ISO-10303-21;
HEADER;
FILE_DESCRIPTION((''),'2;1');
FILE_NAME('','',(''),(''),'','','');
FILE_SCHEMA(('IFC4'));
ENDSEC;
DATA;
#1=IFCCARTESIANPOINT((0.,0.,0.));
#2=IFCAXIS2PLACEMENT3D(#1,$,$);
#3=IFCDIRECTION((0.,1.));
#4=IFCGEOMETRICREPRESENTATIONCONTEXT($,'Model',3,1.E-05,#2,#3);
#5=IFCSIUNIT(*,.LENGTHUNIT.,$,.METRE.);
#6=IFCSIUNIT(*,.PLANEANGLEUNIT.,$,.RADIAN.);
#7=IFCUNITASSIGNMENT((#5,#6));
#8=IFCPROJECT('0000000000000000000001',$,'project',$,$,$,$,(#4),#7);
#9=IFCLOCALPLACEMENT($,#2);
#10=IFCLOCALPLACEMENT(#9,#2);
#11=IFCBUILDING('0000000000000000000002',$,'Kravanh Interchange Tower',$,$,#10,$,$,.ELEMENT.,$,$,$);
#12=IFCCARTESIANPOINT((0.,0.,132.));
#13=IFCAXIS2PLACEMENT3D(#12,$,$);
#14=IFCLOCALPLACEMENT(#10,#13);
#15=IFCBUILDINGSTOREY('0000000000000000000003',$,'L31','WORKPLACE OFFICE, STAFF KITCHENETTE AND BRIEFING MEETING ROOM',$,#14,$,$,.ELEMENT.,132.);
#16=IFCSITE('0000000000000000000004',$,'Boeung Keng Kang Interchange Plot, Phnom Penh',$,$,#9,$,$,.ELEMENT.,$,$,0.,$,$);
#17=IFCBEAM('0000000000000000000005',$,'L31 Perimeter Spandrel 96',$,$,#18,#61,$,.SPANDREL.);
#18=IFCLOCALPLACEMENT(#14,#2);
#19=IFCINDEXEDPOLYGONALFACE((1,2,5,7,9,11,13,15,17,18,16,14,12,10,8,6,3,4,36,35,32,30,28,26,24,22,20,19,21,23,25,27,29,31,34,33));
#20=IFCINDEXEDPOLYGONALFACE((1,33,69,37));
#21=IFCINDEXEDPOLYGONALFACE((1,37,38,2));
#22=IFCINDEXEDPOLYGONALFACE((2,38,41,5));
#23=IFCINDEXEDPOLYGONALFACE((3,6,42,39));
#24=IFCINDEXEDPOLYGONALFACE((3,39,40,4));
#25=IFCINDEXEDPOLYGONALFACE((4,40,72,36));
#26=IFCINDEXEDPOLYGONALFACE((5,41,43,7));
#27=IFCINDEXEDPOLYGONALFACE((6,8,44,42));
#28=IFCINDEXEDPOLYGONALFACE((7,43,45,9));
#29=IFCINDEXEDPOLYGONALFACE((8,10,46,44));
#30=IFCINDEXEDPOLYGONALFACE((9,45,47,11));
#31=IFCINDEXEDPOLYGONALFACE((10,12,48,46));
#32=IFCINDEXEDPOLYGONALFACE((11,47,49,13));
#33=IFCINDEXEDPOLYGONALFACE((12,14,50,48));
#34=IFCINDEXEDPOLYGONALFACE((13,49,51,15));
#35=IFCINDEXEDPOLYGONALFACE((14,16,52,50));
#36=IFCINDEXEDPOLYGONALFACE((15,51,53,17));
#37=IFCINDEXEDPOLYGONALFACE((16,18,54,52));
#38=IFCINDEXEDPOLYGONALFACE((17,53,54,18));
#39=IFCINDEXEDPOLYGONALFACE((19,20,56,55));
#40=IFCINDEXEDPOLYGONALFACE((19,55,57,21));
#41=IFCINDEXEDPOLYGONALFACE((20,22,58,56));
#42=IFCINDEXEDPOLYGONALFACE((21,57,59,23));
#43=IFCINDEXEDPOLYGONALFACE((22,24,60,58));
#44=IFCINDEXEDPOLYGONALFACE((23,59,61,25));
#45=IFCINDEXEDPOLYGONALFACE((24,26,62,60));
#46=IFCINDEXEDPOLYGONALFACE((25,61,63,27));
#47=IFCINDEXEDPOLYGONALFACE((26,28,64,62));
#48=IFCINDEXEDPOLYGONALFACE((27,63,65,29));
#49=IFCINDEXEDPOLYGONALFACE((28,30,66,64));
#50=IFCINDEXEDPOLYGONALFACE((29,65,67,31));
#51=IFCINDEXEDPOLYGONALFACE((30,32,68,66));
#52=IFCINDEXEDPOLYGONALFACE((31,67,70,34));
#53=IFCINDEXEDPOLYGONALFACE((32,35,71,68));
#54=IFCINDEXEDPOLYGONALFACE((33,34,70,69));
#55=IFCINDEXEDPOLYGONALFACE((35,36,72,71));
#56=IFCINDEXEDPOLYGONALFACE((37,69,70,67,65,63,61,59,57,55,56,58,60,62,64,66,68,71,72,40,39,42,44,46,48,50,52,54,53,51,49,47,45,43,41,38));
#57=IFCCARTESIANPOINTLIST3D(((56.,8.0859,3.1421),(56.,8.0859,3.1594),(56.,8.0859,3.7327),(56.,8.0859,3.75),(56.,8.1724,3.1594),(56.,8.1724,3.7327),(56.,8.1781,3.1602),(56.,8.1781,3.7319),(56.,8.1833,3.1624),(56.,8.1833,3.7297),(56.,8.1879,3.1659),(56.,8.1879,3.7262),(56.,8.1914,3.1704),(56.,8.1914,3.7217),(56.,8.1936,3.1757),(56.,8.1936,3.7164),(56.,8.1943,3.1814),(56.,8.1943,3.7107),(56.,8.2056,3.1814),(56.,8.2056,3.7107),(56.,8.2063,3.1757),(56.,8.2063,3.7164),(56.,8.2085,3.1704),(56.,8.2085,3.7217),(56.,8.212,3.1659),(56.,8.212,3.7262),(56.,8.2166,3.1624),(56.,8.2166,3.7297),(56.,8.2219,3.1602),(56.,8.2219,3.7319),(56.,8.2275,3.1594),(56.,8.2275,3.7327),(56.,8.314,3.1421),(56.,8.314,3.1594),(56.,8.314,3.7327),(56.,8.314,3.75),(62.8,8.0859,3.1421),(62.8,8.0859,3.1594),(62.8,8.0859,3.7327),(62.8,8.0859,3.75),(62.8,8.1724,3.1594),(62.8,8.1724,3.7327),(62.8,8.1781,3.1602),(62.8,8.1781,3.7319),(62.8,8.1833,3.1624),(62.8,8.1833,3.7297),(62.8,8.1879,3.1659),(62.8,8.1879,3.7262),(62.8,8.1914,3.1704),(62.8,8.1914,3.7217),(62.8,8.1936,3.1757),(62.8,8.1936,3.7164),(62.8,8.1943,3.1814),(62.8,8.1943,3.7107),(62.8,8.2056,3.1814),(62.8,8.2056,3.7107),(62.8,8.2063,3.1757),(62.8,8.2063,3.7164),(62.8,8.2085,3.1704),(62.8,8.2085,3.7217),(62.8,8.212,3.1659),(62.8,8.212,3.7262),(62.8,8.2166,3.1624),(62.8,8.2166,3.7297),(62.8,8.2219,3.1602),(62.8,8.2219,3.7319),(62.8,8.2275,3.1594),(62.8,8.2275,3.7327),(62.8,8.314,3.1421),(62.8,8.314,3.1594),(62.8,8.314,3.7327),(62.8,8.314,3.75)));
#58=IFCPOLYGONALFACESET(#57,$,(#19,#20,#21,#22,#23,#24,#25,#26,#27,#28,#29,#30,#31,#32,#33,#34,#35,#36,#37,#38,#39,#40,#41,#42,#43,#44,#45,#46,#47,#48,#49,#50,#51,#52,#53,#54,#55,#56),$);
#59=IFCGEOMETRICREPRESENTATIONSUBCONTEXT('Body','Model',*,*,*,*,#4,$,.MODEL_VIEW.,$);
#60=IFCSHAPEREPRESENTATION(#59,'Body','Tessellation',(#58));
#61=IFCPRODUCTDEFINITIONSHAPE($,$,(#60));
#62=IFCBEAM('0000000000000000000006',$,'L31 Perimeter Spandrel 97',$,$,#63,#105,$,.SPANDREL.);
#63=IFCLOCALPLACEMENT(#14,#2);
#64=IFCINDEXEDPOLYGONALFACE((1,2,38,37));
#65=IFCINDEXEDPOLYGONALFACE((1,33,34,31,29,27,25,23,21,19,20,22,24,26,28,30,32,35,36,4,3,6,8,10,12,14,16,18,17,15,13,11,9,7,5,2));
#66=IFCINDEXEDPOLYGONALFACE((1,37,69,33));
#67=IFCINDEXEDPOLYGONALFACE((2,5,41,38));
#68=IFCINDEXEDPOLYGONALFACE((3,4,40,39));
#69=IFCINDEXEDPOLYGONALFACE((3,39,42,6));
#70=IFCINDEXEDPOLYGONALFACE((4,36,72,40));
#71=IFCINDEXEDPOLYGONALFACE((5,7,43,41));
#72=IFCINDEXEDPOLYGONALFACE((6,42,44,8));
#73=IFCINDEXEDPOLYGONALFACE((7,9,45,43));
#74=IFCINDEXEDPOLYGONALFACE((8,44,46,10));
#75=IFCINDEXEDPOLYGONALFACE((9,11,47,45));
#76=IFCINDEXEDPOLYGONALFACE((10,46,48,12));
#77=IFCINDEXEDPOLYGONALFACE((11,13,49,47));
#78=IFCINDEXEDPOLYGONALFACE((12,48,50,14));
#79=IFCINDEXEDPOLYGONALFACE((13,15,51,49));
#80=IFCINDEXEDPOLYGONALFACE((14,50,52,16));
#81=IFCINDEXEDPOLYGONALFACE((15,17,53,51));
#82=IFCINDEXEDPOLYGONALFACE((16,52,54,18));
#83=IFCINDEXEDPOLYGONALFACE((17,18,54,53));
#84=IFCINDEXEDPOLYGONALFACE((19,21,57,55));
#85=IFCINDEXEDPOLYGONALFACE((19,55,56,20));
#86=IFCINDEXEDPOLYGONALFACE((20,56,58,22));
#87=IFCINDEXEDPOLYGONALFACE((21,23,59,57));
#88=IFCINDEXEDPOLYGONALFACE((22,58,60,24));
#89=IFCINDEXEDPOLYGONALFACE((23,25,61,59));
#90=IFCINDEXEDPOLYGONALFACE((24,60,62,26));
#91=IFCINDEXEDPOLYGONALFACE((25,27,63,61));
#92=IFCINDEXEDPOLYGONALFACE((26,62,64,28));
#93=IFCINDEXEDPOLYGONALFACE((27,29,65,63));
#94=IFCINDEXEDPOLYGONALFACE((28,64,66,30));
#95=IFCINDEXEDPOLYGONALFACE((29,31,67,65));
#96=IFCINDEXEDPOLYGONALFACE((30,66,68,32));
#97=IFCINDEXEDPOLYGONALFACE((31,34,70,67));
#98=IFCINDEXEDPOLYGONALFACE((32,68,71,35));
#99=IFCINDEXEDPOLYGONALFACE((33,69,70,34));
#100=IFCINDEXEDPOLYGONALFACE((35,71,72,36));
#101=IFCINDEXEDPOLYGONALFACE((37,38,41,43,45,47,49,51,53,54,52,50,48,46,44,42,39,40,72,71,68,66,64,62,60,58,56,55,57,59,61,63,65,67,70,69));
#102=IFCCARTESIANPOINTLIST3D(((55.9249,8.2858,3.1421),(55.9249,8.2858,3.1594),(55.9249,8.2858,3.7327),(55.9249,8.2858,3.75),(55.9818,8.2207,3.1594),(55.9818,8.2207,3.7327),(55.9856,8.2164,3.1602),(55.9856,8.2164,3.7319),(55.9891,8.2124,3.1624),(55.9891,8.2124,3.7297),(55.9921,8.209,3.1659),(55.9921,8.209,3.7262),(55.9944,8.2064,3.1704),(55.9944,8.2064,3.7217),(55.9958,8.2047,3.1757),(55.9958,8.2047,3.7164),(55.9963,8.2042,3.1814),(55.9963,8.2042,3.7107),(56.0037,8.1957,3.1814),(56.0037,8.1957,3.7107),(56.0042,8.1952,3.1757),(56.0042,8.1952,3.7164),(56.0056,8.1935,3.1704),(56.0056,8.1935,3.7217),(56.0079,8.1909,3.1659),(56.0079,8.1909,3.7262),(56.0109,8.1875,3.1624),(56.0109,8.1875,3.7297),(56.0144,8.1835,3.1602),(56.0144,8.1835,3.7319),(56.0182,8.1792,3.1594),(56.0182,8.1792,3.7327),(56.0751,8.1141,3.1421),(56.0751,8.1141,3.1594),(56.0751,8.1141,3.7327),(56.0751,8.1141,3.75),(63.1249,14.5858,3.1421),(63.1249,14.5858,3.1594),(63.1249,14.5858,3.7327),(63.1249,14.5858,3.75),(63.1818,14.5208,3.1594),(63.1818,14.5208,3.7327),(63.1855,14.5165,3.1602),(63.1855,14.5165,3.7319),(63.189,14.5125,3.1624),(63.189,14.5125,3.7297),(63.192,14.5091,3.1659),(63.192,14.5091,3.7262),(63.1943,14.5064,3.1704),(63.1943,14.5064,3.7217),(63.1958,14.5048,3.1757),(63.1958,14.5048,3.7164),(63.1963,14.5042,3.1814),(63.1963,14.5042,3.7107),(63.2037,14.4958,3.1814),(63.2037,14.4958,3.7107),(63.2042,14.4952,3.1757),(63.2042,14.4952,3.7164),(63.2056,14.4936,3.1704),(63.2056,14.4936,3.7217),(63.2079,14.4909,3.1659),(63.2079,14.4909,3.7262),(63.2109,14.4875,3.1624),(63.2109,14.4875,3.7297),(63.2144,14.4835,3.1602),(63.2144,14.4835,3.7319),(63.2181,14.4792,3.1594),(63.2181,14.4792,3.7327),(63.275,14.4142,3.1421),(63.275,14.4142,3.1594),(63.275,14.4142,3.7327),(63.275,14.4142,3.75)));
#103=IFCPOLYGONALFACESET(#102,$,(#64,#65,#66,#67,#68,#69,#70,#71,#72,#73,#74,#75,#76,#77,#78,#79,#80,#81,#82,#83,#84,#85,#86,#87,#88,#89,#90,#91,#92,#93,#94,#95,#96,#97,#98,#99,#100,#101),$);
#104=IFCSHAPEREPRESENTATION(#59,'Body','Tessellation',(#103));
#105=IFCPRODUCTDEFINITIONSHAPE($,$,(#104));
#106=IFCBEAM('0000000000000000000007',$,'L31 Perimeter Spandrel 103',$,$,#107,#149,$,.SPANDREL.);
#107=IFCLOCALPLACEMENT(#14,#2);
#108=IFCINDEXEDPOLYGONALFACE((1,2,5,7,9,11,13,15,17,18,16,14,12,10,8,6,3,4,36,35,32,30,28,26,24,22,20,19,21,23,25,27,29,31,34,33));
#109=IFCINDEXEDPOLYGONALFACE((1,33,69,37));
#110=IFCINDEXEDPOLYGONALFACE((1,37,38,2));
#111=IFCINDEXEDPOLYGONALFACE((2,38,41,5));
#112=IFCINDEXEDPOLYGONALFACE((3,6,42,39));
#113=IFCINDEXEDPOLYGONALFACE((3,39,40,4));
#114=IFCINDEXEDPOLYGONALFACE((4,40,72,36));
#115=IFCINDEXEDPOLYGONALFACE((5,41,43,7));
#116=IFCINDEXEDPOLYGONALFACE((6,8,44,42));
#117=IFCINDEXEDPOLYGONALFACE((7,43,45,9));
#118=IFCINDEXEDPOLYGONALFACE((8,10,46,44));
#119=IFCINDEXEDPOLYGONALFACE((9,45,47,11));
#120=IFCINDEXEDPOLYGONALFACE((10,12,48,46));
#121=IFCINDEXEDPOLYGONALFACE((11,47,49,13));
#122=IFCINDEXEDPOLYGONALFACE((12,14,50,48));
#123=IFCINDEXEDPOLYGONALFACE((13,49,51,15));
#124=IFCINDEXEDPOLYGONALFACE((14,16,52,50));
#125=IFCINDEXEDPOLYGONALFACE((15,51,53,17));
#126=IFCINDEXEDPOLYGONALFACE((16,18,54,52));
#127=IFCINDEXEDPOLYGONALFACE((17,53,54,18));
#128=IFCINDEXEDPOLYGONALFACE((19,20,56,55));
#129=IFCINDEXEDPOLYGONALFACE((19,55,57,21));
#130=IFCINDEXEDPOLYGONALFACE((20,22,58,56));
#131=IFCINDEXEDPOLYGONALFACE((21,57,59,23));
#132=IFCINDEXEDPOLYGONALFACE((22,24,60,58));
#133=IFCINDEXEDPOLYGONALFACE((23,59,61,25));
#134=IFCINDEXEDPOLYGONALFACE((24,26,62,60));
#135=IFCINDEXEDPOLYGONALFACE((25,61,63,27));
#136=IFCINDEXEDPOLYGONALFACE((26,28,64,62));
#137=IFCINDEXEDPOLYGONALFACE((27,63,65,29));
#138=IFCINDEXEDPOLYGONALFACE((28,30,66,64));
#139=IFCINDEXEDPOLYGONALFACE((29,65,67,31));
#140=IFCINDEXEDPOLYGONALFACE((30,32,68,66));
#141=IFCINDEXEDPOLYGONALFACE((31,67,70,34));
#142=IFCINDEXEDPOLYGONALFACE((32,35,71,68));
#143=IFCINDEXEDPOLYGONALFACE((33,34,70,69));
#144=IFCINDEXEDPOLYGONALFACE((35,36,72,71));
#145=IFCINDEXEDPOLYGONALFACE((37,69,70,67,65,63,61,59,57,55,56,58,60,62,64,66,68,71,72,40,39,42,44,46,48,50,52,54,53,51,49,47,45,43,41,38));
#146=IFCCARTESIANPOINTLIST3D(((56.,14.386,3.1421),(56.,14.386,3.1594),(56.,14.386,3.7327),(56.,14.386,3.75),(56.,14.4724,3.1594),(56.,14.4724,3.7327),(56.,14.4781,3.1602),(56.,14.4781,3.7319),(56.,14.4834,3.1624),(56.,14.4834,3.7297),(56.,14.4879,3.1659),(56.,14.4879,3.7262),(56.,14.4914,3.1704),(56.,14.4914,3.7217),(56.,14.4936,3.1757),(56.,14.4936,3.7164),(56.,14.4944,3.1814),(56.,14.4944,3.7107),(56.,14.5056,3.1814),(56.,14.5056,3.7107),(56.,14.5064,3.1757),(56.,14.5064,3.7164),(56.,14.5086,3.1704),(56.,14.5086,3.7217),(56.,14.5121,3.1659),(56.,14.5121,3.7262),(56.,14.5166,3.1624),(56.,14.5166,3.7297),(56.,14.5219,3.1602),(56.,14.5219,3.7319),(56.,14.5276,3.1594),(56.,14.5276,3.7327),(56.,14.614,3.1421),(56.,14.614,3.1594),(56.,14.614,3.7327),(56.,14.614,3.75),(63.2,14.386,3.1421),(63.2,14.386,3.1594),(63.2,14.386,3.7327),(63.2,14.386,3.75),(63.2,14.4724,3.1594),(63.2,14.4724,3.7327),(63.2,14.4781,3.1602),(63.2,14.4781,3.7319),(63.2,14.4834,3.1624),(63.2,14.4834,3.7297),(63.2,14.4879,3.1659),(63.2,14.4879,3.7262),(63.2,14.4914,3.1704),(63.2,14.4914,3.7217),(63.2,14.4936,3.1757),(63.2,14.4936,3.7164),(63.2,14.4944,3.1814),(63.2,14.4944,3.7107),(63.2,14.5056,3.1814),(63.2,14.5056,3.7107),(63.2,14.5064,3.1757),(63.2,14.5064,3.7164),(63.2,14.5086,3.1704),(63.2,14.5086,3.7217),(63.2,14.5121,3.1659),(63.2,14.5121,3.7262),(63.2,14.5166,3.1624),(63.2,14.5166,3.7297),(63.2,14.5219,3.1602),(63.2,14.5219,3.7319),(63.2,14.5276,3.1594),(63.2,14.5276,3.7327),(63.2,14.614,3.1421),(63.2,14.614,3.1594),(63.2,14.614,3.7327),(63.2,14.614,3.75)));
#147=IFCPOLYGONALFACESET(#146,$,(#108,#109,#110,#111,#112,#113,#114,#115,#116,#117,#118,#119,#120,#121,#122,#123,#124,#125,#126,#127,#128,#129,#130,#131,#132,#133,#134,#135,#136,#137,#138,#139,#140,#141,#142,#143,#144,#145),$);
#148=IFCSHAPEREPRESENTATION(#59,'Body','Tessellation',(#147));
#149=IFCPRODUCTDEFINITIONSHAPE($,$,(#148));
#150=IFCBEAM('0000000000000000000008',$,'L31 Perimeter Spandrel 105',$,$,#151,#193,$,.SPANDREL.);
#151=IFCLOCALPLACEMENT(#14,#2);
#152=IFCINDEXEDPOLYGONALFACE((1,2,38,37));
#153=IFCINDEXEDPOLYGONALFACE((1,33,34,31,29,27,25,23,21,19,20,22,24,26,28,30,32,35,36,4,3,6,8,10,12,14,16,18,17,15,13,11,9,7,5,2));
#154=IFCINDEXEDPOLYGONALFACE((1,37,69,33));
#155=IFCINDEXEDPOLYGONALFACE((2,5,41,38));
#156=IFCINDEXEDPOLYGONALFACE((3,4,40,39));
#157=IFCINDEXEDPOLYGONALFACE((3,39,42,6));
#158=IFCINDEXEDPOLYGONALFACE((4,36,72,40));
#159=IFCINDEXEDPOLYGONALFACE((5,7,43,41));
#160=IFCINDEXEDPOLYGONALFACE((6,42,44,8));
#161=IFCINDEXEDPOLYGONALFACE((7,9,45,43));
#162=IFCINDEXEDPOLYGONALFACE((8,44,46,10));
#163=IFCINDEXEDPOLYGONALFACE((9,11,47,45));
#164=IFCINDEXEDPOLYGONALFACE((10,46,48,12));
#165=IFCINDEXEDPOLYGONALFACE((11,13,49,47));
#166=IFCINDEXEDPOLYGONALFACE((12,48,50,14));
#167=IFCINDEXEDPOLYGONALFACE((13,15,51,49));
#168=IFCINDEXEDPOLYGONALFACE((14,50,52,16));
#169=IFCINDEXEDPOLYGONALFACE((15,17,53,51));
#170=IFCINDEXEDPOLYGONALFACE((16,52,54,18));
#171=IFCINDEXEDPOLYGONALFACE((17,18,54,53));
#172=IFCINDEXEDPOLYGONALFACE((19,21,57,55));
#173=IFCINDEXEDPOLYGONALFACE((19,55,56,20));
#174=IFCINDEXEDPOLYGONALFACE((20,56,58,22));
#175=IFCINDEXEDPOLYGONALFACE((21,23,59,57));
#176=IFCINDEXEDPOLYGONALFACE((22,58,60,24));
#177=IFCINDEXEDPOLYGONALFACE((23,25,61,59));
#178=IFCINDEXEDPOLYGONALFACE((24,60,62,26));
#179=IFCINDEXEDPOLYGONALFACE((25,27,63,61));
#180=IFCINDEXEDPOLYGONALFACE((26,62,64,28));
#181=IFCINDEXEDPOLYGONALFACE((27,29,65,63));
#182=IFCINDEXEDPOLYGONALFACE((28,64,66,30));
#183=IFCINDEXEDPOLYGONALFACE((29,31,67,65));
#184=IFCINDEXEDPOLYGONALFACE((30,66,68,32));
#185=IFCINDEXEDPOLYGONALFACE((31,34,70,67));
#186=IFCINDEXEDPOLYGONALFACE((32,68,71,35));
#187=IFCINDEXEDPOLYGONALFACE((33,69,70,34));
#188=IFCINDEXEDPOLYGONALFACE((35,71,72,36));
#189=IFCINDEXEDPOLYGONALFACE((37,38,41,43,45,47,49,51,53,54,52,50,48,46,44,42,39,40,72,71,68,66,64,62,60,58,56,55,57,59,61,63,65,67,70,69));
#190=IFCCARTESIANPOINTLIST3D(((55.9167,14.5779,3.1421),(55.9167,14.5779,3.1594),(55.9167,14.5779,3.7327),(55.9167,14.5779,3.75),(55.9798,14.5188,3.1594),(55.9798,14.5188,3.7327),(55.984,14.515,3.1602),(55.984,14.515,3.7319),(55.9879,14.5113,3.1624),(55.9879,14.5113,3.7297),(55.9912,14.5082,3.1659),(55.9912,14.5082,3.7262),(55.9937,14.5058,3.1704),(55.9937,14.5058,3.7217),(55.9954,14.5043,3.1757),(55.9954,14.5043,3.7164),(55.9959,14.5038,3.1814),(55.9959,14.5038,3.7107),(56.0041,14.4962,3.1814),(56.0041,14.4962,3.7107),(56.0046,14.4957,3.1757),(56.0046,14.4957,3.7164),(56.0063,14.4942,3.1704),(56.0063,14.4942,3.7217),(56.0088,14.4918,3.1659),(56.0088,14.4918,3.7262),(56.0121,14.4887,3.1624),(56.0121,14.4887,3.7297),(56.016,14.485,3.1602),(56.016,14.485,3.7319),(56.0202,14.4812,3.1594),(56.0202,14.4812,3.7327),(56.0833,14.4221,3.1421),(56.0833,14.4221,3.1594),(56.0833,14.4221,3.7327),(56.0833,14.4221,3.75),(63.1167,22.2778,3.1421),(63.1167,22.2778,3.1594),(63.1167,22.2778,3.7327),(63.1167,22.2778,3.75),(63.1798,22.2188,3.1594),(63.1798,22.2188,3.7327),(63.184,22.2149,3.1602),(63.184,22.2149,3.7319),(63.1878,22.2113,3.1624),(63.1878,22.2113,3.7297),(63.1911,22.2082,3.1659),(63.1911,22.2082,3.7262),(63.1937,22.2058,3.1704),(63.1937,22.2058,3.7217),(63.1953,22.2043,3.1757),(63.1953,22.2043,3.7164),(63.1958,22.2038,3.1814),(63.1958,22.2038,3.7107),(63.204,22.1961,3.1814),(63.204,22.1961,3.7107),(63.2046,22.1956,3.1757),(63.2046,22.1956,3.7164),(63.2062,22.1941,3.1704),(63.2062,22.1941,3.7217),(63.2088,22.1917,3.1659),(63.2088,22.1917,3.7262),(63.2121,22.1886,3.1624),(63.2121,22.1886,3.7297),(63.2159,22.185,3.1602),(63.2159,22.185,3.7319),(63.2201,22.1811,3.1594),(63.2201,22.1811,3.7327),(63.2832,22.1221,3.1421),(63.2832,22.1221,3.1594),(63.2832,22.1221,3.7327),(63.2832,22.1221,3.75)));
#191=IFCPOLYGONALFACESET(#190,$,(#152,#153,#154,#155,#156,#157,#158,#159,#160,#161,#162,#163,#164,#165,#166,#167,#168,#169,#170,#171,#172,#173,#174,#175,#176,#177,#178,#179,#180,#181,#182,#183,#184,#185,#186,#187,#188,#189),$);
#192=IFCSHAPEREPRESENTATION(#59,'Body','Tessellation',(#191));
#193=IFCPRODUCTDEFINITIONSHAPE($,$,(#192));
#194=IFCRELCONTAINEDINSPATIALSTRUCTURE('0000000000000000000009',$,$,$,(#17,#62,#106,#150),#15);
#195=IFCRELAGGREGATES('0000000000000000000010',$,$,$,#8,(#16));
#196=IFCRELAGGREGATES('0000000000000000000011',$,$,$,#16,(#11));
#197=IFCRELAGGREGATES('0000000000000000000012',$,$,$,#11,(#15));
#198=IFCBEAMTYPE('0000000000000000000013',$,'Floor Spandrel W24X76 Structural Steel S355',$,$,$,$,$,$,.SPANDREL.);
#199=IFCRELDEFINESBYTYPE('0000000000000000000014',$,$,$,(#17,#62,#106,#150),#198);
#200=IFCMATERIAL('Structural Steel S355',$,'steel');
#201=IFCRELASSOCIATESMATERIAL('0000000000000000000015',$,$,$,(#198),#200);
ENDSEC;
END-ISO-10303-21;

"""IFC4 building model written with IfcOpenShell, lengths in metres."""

from ifc_helpers import new_model, si_unit, direction, frame, origin, origin_2d, place, context, subcontext, project, spatial, i_section, extrude, material, material_profile, profile_set, type_object, element, save


model = new_model("IFC4")

# Units and contexts
model_context = context("Model", 3, precision=1e-05, world=origin(), true_north=direction((0.0, 1.0)))
body_context = subcontext(model_context, "Body", "Model", "MODEL_VIEW")
ifc_project = project(units=[si_unit("LENGTHUNIT", "METRE"), si_unit("PLANEANGLEUNIT", "RADIAN")], contexts=[model_context])

# Site, building, storey
site_placement = place(None, origin())
site = spatial("IfcSite", under=ifc_project, at=site_placement, Name="Boeung Keng Kang Interchange Plot, Phnom Penh", CompositionType="ELEMENT", RefElevation=0.0)
building_placement = place(site_placement, origin())
building = spatial("IfcBuilding", under=site, at=building_placement, Name="Kravanh Interchange Tower", CompositionType="ELEMENT")
storey_placement = place(building_placement, frame((0.0, 0.0, 132.0)))
storey = spatial("IfcBuildingStorey", under=building, at=storey_placement, Name="L31", Description="WORKPLACE OFFICE, STAFF KITCHENETTE AND BRIEFING MEETING ROOM", CompositionType="ELEMENT", Elevation=132.0)

# Beams
ifc_material_1 = material(Name="Structural Steel S355", Category="steel")
ifc_material_profile_1 = material_profile(ifc_material_1, i_section(OverallWidth=0.228, OverallDepth=0.6079, WebThickness=0.0112, FlangeThickness=0.0173, FilletRadius=0.022, at=origin_2d()), Name="W24X76")
ifc_profile_set_1 = profile_set([ifc_material_profile_1], Name="Structural Steel S355")
beam_type_1 = type_object("IfcBeamType", Name="Floor Spandrel W24X76 Structural Steel S355", PredefinedType="SPANDREL", material=ifc_profile_set_1)
beam_1_placement = place(storey_placement, frame((56.0, 8.2, 3.446), z_axis=(1.0, 0.0, 0.0), x_axis=(0.0, 1.0, 0.0)))
element("IfcBeam", 1, at=beam_1_placement, inside=storey, type_object=beam_type_1, Name="L31 Perimeter Spandrel 96", PredefinedType="SPANDREL", context=body_context, shape_type="SweptSolid", body=[
    extrude(i_section(OverallWidth=0.228, OverallDepth=0.6079, WebThickness=0.0112, FlangeThickness=0.0173, FilletRadius=0.022, at=origin_2d()), origin(), (0.0, 0.0, 1.0), 6.8),
])
beam_2_placement = place(storey_placement, frame((56.0, 8.2, 3.446), z_axis=(0.752572, 0.65851, 0.0), x_axis=(-0.65851, 0.752572, 0.0)))
element("IfcBeam", 2, at=beam_2_placement, inside=storey, type_object=beam_type_1, Name="L31 Perimeter Spandrel 97", PredefinedType="SPANDREL", context=body_context, shape_type="SweptSolid", body=[
    extrude(i_section(OverallWidth=0.228, OverallDepth=0.6079, WebThickness=0.0112, FlangeThickness=0.0173, FilletRadius=0.022, at=origin_2d()), origin(), (0.0, 0.0, 1.0), 9.5671),
])
beam_3_placement = place(storey_placement, frame((56.0, 14.5, 3.446), z_axis=(1.0, 0.0, 0.0), x_axis=(0.0, 1.0, 0.0)))
element("IfcBeam", 3, at=beam_3_placement, inside=storey, type_object=beam_type_1, Name="L31 Perimeter Spandrel 103", PredefinedType="SPANDREL", context=body_context, shape_type="SweptSolid", body=[
    extrude(i_section(OverallWidth=0.228, OverallDepth=0.6079, WebThickness=0.0112, FlangeThickness=0.0173, FilletRadius=0.022, at=origin_2d()), origin(), (0.0, 0.0, 1.0), 7.2),
])
beam_4_placement = place(storey_placement, frame((56.0, 14.5, 3.446), z_axis=(0.682994, 0.730424, 0.0), x_axis=(-0.730424, 0.682994, 0.0)))
element("IfcBeam", 4, at=beam_4_placement, inside=storey, type_object=beam_type_1, Name="L31 Perimeter Spandrel 105", PredefinedType="SPANDREL", context=body_context, shape_type="SweptSolid", body=[
    extrude(i_section(OverallWidth=0.228, OverallDepth=0.6079, WebThickness=0.0112, FlangeThickness=0.0173, FilletRadius=0.022, at=origin_2d()), origin(), (0.0, 0.0, 1.0), 10.5417),
])

save(model, "model.ifc")
